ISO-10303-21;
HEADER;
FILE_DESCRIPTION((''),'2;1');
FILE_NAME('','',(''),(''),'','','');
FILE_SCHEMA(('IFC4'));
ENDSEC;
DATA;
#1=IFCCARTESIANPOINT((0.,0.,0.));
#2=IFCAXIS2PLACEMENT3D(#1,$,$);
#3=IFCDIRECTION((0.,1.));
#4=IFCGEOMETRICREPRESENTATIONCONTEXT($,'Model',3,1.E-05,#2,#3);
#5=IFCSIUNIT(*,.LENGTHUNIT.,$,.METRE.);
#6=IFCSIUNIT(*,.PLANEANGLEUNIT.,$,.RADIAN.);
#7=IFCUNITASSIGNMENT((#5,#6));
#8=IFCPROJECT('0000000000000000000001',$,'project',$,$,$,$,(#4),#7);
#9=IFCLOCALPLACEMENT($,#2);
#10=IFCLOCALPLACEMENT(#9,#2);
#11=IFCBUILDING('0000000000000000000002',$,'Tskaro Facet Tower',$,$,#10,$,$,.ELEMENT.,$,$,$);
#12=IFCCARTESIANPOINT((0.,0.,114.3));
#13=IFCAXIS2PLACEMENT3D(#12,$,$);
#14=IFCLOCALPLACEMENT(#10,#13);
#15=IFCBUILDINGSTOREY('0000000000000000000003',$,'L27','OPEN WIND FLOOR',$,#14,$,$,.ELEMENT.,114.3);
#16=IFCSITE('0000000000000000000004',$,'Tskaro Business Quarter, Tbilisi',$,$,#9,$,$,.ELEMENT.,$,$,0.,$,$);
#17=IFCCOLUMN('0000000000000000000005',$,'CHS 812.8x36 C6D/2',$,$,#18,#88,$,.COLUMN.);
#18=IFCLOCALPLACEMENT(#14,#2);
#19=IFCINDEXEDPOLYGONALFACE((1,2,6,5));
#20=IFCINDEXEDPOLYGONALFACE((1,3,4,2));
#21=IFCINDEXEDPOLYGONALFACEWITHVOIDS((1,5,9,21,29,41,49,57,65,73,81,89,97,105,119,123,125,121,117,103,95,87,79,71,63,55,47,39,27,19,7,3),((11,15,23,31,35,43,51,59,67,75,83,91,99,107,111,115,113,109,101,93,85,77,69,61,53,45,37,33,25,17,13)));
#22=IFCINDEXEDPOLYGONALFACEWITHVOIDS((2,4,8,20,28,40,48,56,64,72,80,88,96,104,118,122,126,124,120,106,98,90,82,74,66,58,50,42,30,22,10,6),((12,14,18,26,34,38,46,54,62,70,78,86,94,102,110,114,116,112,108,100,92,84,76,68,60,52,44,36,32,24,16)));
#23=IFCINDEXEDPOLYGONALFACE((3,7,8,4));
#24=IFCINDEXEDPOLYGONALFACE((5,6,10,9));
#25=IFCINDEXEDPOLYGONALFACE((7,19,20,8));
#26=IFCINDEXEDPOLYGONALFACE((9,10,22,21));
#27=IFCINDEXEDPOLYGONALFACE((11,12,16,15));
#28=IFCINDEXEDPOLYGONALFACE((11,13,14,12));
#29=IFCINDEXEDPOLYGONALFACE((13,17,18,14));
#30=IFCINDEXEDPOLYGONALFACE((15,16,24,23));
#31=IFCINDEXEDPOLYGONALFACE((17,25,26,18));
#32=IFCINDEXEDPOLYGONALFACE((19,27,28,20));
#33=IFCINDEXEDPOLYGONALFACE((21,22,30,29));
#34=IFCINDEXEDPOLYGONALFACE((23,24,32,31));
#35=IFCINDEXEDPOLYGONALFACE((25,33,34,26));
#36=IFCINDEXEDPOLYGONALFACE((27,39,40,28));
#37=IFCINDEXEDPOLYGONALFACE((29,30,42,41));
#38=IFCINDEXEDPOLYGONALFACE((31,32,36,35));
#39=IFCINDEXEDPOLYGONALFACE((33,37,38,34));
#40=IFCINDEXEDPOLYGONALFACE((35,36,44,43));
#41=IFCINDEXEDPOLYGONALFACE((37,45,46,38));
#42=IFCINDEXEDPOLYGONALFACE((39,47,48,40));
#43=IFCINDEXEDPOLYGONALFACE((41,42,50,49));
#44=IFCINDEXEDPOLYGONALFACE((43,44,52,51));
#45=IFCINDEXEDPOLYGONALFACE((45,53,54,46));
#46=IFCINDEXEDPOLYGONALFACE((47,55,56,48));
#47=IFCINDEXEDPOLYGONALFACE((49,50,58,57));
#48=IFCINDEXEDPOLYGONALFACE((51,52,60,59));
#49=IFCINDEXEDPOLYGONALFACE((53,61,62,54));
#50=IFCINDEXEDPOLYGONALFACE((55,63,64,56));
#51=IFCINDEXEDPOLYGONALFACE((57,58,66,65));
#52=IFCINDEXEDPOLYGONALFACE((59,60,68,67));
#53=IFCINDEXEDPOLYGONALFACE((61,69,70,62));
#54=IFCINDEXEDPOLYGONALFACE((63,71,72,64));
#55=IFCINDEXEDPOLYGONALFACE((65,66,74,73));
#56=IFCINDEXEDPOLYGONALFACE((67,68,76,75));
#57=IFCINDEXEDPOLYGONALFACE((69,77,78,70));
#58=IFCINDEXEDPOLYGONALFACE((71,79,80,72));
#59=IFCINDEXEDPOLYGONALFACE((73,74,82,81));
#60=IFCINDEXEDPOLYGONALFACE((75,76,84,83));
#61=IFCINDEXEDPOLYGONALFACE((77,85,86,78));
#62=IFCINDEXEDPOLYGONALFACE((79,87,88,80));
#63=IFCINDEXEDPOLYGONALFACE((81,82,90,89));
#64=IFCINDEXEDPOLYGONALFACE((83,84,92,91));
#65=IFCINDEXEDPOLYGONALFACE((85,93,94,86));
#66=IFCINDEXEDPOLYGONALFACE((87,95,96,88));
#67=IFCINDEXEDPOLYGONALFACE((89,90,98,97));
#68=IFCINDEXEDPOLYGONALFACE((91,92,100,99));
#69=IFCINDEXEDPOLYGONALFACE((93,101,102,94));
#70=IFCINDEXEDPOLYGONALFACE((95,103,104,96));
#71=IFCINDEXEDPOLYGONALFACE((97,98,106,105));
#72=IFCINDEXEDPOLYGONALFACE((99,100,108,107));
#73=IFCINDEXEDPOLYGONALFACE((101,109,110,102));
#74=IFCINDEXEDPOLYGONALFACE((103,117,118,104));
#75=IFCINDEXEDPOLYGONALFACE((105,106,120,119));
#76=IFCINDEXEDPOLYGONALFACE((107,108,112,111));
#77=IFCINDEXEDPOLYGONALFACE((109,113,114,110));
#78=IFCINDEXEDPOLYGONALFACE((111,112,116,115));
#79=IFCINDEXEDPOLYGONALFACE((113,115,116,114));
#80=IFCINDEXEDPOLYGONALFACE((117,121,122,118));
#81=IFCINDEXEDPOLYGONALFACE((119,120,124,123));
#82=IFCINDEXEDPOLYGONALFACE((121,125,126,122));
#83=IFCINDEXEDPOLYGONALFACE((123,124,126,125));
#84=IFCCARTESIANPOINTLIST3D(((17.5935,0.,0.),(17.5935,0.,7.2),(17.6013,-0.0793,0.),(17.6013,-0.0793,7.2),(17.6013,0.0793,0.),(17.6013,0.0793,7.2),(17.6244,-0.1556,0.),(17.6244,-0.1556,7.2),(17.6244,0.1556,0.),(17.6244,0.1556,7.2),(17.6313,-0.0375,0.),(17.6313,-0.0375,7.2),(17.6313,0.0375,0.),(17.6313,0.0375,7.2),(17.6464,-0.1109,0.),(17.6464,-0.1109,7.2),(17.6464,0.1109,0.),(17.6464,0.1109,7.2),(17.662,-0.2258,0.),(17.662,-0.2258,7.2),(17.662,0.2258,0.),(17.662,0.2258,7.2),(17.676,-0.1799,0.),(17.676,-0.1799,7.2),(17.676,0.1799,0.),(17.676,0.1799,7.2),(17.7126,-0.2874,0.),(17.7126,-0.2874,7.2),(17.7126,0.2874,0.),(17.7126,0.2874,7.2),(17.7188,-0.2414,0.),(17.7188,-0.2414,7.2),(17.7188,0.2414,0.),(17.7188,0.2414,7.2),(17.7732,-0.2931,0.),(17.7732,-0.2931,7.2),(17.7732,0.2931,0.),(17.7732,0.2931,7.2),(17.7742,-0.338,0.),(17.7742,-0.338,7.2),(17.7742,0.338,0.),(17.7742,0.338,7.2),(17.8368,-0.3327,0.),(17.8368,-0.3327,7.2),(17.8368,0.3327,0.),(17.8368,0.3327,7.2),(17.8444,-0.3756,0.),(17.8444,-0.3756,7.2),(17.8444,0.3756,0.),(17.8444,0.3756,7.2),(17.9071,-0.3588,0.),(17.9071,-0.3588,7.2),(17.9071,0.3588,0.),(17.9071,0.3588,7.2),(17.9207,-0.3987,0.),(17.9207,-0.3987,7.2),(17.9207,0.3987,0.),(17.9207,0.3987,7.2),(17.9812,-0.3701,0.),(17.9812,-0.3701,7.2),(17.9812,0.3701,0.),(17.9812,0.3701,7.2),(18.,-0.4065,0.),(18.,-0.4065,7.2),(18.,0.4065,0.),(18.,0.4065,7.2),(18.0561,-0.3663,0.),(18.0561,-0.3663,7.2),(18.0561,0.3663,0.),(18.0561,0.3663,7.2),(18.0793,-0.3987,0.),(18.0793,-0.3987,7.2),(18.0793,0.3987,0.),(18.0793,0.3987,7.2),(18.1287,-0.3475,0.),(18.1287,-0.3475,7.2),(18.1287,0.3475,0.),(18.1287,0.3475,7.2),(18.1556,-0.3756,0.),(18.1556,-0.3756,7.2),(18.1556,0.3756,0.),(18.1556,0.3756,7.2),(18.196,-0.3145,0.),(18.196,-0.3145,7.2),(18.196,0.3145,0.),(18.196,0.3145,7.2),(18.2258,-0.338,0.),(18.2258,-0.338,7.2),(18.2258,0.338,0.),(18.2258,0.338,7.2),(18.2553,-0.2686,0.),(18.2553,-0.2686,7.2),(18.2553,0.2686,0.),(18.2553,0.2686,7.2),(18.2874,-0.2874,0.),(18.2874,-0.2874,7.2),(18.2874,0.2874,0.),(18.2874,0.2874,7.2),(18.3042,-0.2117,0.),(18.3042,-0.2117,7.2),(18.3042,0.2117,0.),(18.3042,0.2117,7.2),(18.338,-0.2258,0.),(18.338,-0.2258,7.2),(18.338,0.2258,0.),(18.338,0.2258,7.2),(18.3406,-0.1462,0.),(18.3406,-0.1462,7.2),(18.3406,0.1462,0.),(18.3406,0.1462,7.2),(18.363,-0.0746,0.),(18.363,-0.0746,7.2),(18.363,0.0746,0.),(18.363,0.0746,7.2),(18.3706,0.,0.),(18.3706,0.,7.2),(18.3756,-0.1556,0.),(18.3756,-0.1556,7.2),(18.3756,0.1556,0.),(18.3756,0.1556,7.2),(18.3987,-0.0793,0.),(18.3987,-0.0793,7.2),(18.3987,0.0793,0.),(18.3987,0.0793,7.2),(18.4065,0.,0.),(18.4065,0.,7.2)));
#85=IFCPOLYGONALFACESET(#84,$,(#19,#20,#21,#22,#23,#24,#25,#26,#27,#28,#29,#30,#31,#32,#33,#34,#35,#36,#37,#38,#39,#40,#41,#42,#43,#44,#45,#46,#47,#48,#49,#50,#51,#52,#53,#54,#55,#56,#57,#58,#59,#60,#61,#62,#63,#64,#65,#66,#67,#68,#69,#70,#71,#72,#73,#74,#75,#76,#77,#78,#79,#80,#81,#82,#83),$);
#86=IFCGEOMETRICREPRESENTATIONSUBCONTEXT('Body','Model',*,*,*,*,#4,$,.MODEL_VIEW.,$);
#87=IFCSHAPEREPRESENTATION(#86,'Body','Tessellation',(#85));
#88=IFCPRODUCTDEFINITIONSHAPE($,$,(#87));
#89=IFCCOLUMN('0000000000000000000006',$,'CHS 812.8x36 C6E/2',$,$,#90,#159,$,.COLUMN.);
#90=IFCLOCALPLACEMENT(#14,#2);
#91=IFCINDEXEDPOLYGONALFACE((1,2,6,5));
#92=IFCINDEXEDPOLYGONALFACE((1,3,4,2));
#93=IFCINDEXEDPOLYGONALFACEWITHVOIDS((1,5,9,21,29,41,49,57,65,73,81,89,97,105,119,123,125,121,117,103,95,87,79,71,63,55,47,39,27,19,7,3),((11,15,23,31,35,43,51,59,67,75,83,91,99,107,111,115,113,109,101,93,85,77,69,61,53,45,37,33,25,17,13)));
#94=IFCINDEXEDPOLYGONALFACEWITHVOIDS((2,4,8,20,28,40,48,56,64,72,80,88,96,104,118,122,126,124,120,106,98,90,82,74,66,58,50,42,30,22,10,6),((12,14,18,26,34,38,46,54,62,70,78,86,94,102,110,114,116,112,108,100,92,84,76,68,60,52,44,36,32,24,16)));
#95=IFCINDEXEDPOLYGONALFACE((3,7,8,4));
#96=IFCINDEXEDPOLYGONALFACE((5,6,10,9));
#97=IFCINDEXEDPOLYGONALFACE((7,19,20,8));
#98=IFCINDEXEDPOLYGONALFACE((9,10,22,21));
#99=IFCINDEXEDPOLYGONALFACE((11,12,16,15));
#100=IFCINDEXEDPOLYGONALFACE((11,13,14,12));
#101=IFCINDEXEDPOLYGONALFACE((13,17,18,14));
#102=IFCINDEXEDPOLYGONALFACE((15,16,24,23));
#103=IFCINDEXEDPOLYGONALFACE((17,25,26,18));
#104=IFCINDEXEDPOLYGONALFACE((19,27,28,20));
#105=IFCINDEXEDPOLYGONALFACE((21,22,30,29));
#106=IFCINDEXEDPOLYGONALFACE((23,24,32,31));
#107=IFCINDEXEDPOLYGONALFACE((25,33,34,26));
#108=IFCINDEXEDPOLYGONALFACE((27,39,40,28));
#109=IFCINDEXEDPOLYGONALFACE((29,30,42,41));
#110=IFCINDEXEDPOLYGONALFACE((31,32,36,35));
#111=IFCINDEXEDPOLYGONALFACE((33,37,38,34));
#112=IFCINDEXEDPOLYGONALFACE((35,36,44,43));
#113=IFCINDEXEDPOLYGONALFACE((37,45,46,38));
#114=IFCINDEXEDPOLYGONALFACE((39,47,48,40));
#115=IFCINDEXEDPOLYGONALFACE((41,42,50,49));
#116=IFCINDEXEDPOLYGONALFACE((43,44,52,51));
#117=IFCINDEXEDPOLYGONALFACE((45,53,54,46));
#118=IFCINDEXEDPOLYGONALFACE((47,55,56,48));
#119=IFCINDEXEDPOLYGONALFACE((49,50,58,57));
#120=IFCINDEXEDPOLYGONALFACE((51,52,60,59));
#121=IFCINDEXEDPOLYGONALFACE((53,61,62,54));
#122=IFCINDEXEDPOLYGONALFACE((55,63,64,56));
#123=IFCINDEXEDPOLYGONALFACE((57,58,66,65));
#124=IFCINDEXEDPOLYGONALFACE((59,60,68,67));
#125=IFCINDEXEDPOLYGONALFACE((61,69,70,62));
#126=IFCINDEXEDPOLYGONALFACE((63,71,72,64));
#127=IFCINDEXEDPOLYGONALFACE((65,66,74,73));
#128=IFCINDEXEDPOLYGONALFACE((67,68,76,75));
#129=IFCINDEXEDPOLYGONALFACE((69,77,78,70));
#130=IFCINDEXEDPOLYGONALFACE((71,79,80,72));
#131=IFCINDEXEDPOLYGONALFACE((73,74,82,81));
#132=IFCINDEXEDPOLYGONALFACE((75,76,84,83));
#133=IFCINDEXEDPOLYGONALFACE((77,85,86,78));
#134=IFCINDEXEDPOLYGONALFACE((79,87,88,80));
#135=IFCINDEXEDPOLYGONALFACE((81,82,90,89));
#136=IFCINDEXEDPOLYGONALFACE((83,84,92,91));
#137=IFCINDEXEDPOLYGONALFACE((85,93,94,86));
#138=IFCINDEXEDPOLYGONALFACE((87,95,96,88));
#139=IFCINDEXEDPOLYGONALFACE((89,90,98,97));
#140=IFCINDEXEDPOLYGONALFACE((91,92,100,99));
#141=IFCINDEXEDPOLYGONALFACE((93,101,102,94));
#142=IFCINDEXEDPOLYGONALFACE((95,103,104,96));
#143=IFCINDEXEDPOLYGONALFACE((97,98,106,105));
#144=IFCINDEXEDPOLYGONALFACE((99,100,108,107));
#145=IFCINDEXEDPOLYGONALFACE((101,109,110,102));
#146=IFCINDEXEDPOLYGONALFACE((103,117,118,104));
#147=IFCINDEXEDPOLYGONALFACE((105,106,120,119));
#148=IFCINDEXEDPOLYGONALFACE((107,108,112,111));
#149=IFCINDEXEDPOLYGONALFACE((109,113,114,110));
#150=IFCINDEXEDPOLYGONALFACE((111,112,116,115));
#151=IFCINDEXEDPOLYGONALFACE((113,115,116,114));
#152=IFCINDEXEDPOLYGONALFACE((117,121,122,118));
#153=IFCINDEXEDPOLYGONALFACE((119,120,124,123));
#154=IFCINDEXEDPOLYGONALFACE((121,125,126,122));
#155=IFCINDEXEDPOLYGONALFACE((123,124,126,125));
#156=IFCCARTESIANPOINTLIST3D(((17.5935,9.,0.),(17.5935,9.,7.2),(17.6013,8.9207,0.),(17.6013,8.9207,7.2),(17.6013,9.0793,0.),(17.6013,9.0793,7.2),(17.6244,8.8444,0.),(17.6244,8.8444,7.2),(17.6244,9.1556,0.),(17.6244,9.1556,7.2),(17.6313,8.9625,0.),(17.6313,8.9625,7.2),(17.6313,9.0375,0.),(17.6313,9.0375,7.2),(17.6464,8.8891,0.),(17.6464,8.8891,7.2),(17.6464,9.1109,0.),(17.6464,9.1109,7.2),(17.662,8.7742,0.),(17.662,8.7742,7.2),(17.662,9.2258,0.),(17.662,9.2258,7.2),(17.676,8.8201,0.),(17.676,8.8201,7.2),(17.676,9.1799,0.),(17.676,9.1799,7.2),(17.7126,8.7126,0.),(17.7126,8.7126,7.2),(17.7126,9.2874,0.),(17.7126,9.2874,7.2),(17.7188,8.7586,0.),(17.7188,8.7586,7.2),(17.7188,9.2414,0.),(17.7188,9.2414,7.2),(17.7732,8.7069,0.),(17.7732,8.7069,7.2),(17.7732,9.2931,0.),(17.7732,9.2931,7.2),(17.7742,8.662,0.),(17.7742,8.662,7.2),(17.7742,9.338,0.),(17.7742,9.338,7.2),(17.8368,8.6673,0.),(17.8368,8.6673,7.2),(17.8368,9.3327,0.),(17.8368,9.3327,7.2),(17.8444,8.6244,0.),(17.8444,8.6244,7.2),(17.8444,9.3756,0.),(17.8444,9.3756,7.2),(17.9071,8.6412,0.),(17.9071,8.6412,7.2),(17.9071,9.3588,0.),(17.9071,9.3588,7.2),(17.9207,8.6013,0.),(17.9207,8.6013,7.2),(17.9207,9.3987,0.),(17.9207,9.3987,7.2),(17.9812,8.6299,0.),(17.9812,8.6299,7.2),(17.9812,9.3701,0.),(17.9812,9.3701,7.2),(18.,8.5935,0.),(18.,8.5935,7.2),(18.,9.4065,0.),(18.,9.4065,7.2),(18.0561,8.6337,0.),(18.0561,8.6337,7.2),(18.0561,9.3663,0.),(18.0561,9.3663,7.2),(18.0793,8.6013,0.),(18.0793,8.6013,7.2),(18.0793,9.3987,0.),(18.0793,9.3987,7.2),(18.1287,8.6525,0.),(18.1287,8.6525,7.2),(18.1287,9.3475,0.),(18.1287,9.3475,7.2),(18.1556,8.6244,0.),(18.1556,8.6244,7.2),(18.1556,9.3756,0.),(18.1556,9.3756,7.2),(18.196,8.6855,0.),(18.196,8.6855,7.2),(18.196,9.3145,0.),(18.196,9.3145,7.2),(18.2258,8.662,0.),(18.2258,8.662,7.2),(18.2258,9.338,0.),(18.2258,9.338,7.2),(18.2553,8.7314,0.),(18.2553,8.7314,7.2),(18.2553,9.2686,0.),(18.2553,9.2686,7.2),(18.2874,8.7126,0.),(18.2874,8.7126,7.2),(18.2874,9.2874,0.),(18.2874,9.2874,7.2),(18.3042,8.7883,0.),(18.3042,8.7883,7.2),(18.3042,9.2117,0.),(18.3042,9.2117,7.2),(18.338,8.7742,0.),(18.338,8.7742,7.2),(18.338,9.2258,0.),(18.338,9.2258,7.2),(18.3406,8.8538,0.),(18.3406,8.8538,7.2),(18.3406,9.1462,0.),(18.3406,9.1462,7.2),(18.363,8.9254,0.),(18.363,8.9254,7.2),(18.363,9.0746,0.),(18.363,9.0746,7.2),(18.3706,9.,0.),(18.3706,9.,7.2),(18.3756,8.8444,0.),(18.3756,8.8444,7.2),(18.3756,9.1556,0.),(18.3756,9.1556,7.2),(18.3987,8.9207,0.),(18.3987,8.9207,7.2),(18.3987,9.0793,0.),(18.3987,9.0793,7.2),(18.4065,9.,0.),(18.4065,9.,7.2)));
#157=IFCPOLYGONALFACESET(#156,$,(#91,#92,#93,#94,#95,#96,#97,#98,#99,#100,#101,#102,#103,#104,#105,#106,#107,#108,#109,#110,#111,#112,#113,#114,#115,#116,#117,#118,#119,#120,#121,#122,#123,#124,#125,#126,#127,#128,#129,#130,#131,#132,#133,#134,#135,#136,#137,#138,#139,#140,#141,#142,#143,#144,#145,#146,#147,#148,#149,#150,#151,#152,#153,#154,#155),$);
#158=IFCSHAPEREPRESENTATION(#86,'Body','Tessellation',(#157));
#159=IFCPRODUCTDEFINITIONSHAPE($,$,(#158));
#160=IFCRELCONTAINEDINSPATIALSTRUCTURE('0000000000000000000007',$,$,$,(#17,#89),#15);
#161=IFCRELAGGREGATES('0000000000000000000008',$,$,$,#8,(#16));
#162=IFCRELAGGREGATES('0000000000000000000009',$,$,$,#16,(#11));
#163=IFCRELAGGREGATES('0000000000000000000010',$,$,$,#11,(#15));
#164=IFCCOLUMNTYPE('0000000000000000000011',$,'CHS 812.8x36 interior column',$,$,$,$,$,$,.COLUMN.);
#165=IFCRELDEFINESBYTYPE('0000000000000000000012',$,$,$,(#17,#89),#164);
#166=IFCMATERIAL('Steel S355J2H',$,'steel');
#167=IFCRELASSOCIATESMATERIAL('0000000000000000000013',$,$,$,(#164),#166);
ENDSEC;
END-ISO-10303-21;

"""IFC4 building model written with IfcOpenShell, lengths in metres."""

from ifc_helpers import new_model, si_unit, direction, frame, origin, origin_2d, place, context, subcontext, project, spatial, hollow_circle, extrude, material, material_profile, profile_set, type_object, element, save


model = new_model("IFC4")

# Units and contexts
model_context = context("Model", 3, precision=1e-05, world=origin(), true_north=direction((0.0, 1.0)))
body_context = subcontext(model_context, "Body", "Model", "MODEL_VIEW")
ifc_project = project(units=[si_unit("LENGTHUNIT", "METRE"), si_unit("PLANEANGLEUNIT", "RADIAN")], contexts=[model_context])

# Site, building, storey
site_placement = place(None, origin())
site = spatial("IfcSite", under=ifc_project, at=site_placement, Name="Tskaro Business Quarter, Tbilisi", CompositionType="ELEMENT", RefElevation=0.0)
building_placement = place(site_placement, origin())
building = spatial("IfcBuilding", under=site, at=building_placement, Name="Tskaro Facet Tower", CompositionType="ELEMENT")
storey_placement = place(building_placement, frame((0.0, 0.0, 114.3)))
storey = spatial("IfcBuildingStorey", under=building, at=storey_placement, Name="L27", Description="OPEN WIND FLOOR", CompositionType="ELEMENT", Elevation=114.3)

# Columns
ifc_material_1 = material(Name="Steel S355J2H", Category="steel")
ifc_material_profile_1 = material_profile(ifc_material_1, hollow_circle(Radius=0.4065, WallThickness=0.0359, at=origin_2d()), Name="CHS 812.8x36")
ifc_profile_set_1 = profile_set([ifc_material_profile_1], Name="Steel S355J2H")
column_type = type_object("IfcColumnType", Name="CHS 812.8x36 interior column", PredefinedType="COLUMN", material=ifc_profile_set_1)
for number, where, z_axis, x_axis, name in (
    (1, (18.0, 0.0, 0.0), (0.0, 0.0, 1.0), (1.0, 0.0, 0.0), "CHS 812.8x36 C6D/2"),
    (2, (18.0, 9.0, 0.0), (0.0, 0.0, 1.0), (1.0, 0.0, 0.0), "CHS 812.8x36 C6E/2"),
):
    element("IfcColumn", number, at=place(storey_placement, frame(where, z_axis=z_axis, x_axis=x_axis)), inside=storey, type_object=column_type, Name=name, PredefinedType="COLUMN", context=body_context, shape_type="SweptSolid", body=[
        extrude(hollow_circle(Radius=0.4065, WallThickness=0.0359, at=origin_2d()), origin(), (0.0, 0.0, 1.0), 7.2),
    ])

save(model, "model.ifc")
